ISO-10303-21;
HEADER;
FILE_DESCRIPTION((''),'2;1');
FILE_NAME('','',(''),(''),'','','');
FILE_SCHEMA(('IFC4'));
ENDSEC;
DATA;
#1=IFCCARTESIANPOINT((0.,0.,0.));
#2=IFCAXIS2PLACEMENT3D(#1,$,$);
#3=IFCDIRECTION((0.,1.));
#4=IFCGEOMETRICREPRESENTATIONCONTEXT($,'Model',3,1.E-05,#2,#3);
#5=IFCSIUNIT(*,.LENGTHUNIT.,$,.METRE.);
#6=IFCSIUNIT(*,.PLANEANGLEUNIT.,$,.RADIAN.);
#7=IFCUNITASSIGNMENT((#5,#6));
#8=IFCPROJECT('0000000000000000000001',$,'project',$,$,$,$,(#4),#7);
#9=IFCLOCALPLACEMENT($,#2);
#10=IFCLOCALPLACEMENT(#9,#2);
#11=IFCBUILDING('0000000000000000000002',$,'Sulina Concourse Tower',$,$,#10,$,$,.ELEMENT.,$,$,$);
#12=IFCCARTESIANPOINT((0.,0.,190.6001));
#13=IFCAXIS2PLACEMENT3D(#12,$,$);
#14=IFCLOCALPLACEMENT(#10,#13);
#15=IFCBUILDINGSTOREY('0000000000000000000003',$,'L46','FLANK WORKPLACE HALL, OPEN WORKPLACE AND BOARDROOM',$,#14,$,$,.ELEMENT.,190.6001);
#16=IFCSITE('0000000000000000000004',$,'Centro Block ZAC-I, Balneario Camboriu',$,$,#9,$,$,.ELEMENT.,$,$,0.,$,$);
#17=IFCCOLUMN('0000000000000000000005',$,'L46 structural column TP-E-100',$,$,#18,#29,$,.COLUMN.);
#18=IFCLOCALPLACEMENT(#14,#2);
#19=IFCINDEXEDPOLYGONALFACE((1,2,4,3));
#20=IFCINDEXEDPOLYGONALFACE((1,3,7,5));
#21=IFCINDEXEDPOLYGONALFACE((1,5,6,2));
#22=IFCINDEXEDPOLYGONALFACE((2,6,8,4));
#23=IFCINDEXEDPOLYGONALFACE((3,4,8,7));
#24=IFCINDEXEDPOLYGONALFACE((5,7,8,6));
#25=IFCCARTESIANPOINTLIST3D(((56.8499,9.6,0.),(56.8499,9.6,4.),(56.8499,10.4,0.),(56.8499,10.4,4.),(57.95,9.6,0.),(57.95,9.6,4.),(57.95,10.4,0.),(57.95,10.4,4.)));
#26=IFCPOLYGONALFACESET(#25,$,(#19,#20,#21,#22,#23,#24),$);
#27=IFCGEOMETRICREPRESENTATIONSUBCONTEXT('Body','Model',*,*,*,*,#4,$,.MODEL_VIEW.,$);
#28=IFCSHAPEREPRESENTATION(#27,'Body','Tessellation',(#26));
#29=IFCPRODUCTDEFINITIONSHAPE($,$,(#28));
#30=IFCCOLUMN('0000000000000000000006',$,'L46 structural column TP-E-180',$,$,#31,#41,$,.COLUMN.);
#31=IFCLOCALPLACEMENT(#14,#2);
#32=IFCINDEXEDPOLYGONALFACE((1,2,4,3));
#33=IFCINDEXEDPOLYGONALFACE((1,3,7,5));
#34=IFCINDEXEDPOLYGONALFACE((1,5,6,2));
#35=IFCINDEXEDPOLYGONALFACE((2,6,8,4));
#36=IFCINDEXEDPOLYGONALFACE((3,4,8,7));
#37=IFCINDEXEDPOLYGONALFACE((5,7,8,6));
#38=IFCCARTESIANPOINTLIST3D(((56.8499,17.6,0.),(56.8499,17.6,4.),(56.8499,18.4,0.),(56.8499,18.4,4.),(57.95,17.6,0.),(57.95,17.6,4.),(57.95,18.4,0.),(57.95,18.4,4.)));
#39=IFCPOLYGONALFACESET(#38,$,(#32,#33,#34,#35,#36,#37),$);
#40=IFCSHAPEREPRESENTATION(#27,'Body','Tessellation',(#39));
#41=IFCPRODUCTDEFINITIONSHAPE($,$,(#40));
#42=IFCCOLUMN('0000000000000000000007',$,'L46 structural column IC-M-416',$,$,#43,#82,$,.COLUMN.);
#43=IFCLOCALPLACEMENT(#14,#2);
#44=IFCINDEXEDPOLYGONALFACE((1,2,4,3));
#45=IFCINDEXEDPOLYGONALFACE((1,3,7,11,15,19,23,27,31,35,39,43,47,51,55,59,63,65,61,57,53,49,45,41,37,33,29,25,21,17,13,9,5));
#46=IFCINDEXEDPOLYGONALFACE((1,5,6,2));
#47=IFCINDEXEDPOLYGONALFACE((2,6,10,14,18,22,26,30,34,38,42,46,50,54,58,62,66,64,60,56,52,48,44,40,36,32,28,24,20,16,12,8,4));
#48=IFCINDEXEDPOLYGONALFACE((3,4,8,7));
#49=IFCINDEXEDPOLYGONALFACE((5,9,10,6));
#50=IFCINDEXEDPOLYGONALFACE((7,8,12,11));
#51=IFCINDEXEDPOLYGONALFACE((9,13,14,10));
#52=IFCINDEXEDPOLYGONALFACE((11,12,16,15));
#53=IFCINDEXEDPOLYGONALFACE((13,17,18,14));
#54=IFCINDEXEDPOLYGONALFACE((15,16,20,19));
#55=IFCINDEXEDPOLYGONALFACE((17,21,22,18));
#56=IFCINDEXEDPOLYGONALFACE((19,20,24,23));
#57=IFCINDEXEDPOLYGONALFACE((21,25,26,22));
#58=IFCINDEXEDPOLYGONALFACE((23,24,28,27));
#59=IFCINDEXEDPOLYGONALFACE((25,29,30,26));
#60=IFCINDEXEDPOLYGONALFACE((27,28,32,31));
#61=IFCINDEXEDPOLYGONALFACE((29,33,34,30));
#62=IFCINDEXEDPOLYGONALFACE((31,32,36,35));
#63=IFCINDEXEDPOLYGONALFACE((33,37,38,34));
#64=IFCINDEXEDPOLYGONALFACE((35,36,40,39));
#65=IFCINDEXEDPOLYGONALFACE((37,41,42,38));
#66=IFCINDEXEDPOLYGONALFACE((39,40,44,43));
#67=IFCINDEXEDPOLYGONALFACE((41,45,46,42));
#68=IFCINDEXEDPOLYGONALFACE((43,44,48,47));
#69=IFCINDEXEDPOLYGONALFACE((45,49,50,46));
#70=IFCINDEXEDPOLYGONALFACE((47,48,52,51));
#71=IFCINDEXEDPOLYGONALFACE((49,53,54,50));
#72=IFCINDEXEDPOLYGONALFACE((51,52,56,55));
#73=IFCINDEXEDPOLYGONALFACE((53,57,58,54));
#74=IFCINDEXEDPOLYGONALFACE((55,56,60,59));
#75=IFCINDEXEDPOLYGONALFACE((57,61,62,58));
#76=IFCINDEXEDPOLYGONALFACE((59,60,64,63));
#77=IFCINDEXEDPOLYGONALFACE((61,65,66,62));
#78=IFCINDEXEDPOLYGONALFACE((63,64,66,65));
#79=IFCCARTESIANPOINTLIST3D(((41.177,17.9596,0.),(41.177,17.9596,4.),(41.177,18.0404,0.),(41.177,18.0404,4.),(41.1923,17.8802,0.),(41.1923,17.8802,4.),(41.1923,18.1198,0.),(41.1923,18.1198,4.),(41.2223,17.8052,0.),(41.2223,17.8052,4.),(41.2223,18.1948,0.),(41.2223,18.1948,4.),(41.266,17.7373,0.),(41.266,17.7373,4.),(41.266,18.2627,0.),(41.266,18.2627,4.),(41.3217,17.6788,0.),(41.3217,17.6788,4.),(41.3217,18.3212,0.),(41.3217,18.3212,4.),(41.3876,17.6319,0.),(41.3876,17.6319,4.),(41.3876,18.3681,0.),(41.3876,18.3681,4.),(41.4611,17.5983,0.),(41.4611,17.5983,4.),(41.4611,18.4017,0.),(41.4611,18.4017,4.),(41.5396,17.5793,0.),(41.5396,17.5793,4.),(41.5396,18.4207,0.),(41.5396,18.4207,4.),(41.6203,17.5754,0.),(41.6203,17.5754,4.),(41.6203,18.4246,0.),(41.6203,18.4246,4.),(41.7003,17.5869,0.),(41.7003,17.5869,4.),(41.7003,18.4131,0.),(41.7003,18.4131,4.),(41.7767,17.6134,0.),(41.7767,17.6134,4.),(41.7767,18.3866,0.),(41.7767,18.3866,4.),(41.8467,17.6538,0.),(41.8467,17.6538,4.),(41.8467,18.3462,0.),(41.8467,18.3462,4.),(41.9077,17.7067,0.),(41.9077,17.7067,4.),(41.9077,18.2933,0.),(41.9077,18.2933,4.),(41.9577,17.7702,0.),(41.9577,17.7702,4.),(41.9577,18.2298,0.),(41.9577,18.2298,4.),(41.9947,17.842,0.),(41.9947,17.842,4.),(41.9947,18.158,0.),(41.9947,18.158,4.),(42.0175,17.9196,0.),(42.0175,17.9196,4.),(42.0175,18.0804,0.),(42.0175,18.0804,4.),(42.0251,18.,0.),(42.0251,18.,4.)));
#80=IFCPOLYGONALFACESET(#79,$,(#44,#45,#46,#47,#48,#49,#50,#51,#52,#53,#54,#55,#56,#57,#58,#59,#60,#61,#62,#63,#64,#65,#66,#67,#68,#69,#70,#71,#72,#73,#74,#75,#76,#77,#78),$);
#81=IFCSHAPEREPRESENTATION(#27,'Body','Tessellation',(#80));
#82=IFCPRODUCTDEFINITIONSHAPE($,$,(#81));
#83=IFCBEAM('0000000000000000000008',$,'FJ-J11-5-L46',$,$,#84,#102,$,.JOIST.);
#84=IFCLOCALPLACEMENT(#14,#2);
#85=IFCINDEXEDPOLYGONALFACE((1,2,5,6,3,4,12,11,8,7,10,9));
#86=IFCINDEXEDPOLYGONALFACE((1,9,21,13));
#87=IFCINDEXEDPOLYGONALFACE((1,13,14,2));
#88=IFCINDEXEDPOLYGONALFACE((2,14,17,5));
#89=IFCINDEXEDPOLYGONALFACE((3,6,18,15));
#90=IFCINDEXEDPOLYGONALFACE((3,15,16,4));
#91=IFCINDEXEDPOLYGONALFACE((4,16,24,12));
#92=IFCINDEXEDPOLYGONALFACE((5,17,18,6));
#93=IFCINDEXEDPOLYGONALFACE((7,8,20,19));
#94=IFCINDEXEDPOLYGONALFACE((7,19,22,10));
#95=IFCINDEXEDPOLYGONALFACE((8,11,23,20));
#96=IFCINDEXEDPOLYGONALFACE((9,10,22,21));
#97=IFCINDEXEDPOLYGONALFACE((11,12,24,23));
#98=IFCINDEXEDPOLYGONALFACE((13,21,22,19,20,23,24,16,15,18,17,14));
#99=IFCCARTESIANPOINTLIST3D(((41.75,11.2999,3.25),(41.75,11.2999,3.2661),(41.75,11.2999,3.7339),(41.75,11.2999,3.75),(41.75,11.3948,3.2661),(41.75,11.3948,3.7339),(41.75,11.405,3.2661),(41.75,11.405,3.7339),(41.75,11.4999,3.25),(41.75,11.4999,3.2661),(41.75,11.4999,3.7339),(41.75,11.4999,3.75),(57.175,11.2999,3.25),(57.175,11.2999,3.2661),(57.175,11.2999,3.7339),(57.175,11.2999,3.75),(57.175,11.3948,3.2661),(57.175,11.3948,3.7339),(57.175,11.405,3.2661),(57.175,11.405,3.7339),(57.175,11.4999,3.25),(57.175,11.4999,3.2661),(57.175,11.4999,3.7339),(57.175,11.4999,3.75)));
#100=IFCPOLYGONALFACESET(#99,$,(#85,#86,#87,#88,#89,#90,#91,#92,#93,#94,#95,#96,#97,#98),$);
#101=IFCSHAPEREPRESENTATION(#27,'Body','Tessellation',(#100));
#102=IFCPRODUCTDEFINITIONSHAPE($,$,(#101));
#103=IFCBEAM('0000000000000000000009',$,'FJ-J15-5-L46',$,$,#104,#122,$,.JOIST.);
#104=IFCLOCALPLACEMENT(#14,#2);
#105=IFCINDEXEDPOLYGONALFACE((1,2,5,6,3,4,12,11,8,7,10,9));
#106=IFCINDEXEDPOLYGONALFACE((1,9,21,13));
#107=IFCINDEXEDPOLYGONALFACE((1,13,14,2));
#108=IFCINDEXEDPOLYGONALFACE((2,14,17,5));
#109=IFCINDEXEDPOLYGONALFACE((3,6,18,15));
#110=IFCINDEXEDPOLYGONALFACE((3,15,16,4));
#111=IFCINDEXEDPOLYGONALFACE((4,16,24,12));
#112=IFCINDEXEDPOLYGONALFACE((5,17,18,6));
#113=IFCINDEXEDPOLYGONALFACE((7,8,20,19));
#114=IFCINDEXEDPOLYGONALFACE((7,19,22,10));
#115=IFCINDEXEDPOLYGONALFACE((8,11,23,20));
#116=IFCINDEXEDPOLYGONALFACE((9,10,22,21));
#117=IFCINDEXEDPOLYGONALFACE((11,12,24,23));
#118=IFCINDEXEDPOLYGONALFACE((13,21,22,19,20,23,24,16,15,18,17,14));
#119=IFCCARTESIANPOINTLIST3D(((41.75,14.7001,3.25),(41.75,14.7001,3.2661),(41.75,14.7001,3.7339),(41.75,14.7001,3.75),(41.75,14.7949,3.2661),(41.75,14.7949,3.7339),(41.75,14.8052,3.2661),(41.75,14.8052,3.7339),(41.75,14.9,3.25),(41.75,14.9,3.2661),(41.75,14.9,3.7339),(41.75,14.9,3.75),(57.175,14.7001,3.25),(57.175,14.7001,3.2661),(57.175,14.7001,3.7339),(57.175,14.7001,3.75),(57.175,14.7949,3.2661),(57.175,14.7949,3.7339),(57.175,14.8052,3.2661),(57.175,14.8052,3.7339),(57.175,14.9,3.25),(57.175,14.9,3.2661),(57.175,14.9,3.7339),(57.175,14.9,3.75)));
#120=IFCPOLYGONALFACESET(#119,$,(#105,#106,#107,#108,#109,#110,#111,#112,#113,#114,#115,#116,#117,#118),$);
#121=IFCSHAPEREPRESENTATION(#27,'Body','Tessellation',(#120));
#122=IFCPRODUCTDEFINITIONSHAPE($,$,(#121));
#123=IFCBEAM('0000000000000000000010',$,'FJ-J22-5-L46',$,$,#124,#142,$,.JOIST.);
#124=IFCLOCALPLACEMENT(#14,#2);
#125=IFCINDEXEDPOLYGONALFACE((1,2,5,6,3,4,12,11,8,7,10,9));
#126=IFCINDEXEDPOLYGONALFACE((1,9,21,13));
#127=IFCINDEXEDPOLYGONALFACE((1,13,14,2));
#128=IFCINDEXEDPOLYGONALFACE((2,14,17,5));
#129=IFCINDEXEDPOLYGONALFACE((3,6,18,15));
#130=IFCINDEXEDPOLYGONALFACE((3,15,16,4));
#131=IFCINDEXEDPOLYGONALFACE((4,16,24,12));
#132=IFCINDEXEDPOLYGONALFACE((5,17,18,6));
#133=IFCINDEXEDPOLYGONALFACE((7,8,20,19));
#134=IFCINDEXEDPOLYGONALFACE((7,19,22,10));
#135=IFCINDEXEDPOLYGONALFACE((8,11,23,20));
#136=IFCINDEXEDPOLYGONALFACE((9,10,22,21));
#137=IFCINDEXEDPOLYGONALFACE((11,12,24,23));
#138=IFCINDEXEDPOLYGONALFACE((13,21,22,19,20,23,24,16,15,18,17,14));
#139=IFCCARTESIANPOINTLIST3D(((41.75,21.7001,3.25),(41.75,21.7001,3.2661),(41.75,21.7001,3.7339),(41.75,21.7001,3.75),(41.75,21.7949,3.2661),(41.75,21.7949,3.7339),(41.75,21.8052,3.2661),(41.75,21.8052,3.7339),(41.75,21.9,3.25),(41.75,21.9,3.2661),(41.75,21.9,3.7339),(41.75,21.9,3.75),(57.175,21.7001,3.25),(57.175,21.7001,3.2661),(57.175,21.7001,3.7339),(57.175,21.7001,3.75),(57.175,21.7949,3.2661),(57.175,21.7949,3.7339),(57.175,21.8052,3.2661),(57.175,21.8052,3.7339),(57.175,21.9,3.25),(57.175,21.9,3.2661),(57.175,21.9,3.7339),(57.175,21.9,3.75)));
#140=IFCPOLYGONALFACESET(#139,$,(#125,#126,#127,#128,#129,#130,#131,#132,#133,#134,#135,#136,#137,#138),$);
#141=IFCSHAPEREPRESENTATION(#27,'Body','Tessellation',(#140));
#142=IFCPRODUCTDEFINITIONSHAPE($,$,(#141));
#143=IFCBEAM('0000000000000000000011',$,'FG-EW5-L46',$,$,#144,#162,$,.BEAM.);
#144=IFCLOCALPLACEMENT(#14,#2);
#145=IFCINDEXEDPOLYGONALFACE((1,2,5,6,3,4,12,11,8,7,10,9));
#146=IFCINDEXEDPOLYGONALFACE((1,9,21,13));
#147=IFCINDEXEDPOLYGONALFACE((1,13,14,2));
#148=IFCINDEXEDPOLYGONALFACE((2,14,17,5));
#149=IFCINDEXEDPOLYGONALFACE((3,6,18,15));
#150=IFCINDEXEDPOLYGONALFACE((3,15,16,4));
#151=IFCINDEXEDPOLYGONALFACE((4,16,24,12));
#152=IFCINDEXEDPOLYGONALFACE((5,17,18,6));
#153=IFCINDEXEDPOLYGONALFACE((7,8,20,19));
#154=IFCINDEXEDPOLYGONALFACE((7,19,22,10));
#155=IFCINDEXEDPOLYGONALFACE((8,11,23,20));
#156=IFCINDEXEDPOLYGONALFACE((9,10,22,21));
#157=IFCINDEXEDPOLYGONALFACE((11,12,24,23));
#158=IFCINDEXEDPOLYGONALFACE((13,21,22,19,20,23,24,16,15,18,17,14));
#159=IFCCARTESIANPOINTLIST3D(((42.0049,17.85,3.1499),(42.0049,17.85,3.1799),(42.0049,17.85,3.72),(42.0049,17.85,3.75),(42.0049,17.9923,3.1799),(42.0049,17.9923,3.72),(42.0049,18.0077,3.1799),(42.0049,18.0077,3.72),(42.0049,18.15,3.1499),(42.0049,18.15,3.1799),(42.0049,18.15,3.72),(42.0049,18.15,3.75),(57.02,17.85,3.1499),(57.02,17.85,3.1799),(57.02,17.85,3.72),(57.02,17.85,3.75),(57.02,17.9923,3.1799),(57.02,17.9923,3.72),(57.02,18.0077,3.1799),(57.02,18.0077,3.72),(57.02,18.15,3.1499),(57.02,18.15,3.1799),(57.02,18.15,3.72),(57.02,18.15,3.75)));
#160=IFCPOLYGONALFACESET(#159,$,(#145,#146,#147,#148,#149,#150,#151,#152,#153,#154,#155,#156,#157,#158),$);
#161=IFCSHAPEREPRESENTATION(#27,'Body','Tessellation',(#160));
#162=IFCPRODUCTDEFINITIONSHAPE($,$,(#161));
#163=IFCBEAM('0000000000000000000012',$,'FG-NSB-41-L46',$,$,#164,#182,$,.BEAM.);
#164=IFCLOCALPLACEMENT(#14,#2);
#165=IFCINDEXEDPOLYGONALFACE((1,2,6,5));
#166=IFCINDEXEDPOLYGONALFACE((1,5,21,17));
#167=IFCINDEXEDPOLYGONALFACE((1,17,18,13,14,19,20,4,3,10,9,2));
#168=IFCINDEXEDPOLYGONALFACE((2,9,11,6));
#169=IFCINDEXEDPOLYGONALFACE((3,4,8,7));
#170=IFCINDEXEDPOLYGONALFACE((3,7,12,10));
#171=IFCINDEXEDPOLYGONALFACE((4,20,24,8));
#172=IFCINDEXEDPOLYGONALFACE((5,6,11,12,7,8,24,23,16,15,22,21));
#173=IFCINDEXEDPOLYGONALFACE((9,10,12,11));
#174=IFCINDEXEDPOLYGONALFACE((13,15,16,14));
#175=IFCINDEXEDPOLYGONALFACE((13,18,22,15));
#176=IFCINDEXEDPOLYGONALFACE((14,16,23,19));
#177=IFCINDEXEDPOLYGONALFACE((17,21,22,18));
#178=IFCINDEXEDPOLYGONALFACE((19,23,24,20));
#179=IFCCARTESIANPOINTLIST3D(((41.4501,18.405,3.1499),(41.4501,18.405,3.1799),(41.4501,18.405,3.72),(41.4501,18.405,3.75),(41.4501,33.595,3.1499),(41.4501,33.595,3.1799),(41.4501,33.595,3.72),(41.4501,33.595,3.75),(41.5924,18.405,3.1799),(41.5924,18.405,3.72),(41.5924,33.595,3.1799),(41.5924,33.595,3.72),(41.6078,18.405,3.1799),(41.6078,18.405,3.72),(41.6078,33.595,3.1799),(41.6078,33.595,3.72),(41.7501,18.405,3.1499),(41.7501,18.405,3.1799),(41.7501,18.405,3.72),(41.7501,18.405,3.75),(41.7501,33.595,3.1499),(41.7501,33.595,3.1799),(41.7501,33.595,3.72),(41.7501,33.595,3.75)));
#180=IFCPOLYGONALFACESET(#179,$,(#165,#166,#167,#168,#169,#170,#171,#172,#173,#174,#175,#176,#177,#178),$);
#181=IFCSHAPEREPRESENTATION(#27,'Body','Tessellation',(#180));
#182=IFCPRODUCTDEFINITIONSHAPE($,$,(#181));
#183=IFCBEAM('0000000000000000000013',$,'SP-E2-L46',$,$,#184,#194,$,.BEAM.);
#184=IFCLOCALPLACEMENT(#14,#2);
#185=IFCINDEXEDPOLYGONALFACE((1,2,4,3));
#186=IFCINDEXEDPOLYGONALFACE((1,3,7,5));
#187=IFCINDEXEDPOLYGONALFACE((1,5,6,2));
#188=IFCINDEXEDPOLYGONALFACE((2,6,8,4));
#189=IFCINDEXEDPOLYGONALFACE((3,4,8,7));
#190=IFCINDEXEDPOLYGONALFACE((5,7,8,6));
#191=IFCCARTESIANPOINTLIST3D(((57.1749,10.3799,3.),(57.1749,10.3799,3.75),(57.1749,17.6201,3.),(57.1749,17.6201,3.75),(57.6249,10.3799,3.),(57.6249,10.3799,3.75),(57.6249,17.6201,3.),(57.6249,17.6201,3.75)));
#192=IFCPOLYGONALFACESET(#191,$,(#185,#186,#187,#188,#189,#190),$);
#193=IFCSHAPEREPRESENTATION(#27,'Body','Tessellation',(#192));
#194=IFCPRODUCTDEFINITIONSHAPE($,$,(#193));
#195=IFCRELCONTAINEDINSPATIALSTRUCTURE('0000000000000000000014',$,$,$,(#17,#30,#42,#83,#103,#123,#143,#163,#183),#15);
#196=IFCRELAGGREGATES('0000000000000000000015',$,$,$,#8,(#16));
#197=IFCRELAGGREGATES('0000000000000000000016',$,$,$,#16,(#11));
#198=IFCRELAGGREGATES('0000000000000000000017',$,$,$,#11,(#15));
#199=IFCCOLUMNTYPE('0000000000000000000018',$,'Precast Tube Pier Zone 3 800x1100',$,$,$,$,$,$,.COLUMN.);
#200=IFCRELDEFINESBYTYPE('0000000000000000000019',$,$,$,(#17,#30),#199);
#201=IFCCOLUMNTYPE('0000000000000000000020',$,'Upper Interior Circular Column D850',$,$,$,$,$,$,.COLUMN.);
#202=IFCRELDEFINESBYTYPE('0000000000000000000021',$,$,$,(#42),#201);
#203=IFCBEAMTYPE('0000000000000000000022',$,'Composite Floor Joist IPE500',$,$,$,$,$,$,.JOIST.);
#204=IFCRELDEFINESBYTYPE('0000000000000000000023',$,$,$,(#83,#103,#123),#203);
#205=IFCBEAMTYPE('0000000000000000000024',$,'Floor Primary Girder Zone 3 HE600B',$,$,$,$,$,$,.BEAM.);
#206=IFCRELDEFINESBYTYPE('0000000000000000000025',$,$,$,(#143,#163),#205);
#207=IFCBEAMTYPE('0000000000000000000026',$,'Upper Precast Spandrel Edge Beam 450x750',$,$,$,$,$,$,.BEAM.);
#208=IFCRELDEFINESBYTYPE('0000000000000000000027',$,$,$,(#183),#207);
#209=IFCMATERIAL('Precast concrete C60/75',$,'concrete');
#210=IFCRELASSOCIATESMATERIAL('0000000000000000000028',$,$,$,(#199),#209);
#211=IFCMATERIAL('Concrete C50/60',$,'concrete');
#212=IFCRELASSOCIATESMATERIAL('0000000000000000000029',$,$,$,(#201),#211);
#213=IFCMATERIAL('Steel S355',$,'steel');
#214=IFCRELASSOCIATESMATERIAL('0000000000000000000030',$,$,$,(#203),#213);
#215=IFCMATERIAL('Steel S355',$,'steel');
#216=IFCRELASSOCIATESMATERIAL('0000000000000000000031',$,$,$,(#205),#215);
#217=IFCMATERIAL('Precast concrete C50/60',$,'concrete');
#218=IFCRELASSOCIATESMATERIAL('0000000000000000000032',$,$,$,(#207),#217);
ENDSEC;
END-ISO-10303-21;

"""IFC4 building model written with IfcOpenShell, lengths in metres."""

from ifc_helpers import new_model, si_unit, direction, frame, origin, origin_2d, place, context, subcontext, project, spatial, rectangle, circle, i_section, extrude, material, material_profile, profile_set, type_object, element, save


model = new_model("IFC4")

# Units and contexts
model_context = context("Model", 3, precision=1e-05, world=origin(), true_north=direction((0.0, 1.0)))
body_context = subcontext(model_context, "Body", "Model", "MODEL_VIEW")
ifc_project = project(units=[si_unit("LENGTHUNIT", "METRE"), si_unit("PLANEANGLEUNIT", "RADIAN")], contexts=[model_context])

# Site, building, storey
site_placement = place(None, origin())
site = spatial("IfcSite", under=ifc_project, at=site_placement, Name="Centro Block ZAC-I, Balneario Camboriu", CompositionType="ELEMENT", RefElevation=0.0)
building_placement = place(site_placement, origin())
building = spatial("IfcBuilding", under=site, at=building_placement, Name="Sulina Concourse Tower", CompositionType="ELEMENT")
storey_placement = place(building_placement, frame((0.0, 0.0, 190.6001)))
storey = spatial("IfcBuildingStorey", under=building, at=storey_placement, Name="L46", Description="FLANK WORKPLACE HALL, OPEN WORKPLACE AND BOARDROOM", CompositionType="ELEMENT", Elevation=190.6001)

# Columns
ifc_material_1 = material(Name="Precast concrete C60/75", Category="concrete")
ifc_material_profile_1 = material_profile(ifc_material_1, rectangle(XDim=0.8, YDim=1.1001, at=origin_2d()), Name="PC 800x1100")
ifc_profile_set_1 = profile_set([ifc_material_profile_1], Name="Precast concrete C60/75")
column_type_1 = type_object("IfcColumnType", Name="Precast Tube Pier Zone 3 800x1100", PredefinedType="COLUMN", material=ifc_profile_set_1)
for number, where, z_axis, x_axis, name in (
    (1, (57.3999, 10.0, 0.0), (0.0, 0.0, 1.0), (0.0, 1.0, 0.0), "L46 structural column TP-E-100"),
    (2, (57.3999, 18.0, 0.0), (0.0, 0.0, 1.0), (0.0, 1.0, 0.0), "L46 structural column TP-E-180"),
):
    element("IfcColumn", number, at=place(storey_placement, frame(where, z_axis=z_axis, x_axis=x_axis)), inside=storey, type_object=column_type_1, Name=name, PredefinedType="COLUMN", context=body_context, shape_type="SweptSolid", body=[
        extrude(rectangle(XDim=0.8, YDim=1.1001, at=origin_2d()), origin(), (0.0, 0.0, 1.0), 4.0),
    ])
ifc_material_2 = material(Name="Concrete C50/60", Category="concrete")
ifc_material_profile_2 = material_profile(ifc_material_2, circle(Radius=0.425, at=origin_2d()), Name="RC D850")
ifc_profile_set_2 = profile_set([ifc_material_profile_2], Name="Concrete C50/60")
column_type_2 = type_object("IfcColumnType", Name="Upper Interior Circular Column D850", PredefinedType="COLUMN", material=ifc_profile_set_2)
column_placement = place(storey_placement, frame((41.6001, 18.0, 0.0), z_axis=(0.0, 0.0, 1.0), x_axis=(1.0, 0.0, 0.0)))
element("IfcColumn", 3, at=column_placement, inside=storey, type_object=column_type_2, Name="L46 structural column IC-M-416", PredefinedType="COLUMN", context=body_context, shape_type="SweptSolid", body=[
    extrude(circle(Radius=0.425, at=origin_2d()), origin(), (0.0, 0.0, 1.0), 4.0),
])

# Beams
ifc_material_3 = material(Name="Steel S355", Category="steel")
ifc_material_profile_3 = material_profile(ifc_material_3, i_section(OverallWidth=0.2, OverallDepth=0.5, WebThickness=0.0103, FlangeThickness=0.0161, at=origin_2d()), Name="IPE 500")
ifc_profile_set_3 = profile_set([ifc_material_profile_3], Name="Steel S355")
beam_type_1 = type_object("IfcBeamType", Name="Composite Floor Joist IPE500", PredefinedType="JOIST", material=ifc_profile_set_3)
for number, where, z_axis, x_axis, name in (
    (4, (41.75, 11.3999, 3.5), (1.0, 0.0, 0.0), (0.0, 1.0, 0.0), "FJ-J11-5-L46"),
    (5, (41.75, 14.8, 3.5), (1.0, 0.0, 0.0), (0.0, 1.0, 0.0), "FJ-J15-5-L46"),
    (6, (41.75, 21.8, 3.5), (1.0, 0.0, 0.0), (0.0, 1.0, 0.0), "FJ-J22-5-L46"),
):
    element("IfcBeam", number, at=place(storey_placement, frame(where, z_axis=z_axis, x_axis=x_axis)), inside=storey, type_object=beam_type_1, Name=name, PredefinedType="JOIST", context=body_context, shape_type="SweptSolid", body=[
        extrude(i_section(OverallWidth=0.2, OverallDepth=0.5, WebThickness=0.0103, FlangeThickness=0.0161, at=origin_2d()), origin(), (0.0, 0.0, 1.0), 15.425),
    ])
ifc_material_4 = material(Name="Steel S355", Category="steel")
ifc_material_profile_4 = material_profile(ifc_material_4, i_section(OverallWidth=0.3, OverallDepth=0.6001, WebThickness=0.0154, FlangeThickness=0.03, at=origin_2d()), Name="HE 600 B")
ifc_profile_set_4 = profile_set([ifc_material_profile_4], Name="Steel S355")
beam_type_2 = type_object("IfcBeamType", Name="Floor Primary Girder Zone 3 HE600B", PredefinedType="BEAM", material=ifc_profile_set_4)
beam_1_placement = place(storey_placement, frame((42.0049, 18.0, 3.45), z_axis=(1.0, 0.0, 0.0), x_axis=(0.0, 1.0, 0.0)))
element("IfcBeam", 7, at=beam_1_placement, inside=storey, type_object=beam_type_2, Name="FG-EW5-L46", PredefinedType="BEAM", context=body_context, shape_type="SweptSolid", body=[
    extrude(i_section(OverallWidth=0.3, OverallDepth=0.6001, WebThickness=0.0154, FlangeThickness=0.03, at=origin_2d()), origin(), (0.0, 0.0, 1.0), 15.0151),
])
beam_2_placement = place(storey_placement, frame((41.6001, 18.405, 3.45), z_axis=(0.0, 1.0, 0.0), x_axis=(-1.0, 0.0, 0.0)))
element("IfcBeam", 8, at=beam_2_placement, inside=storey, type_object=beam_type_2, Name="FG-NSB-41-L46", PredefinedType="BEAM", context=body_context, shape_type="SweptSolid", body=[
    extrude(i_section(OverallWidth=0.3, OverallDepth=0.6001, WebThickness=0.0154, FlangeThickness=0.03, at=origin_2d()), origin(), (0.0, 0.0, 1.0), 15.1899),
])
ifc_material_5 = material(Name="Precast concrete C50/60", Category="concrete")
ifc_material_profile_5 = material_profile(ifc_material_5, rectangle(XDim=0.45, YDim=0.75, at=origin_2d()), Name="RC 450x750")
ifc_profile_set_5 = profile_set([ifc_material_profile_5], Name="Precast concrete C50/60")
beam_type_3 = type_object("IfcBeamType", Name="Upper Precast Spandrel Edge Beam 450x750", PredefinedType="BEAM", material=ifc_profile_set_5)
for number, where, z_axis, x_axis, name in (
    (9, (57.3999, 10.3799, 3.375), (0.0, 1.0, 0.0), (-1.0, 0.0, 0.0), "SP-E2-L46"),
):
    element("IfcBeam", number, at=place(storey_placement, frame(where, z_axis=z_axis, x_axis=x_axis)), inside=storey, type_object=beam_type_3, Name=name, PredefinedType="BEAM", context=body_context, shape_type="SweptSolid", body=[
        extrude(rectangle(XDim=0.45, YDim=0.75, at=origin_2d()), origin(), (0.0, 0.0, 1.0), 7.2402),
    ])

save(model, "model.ifc")
